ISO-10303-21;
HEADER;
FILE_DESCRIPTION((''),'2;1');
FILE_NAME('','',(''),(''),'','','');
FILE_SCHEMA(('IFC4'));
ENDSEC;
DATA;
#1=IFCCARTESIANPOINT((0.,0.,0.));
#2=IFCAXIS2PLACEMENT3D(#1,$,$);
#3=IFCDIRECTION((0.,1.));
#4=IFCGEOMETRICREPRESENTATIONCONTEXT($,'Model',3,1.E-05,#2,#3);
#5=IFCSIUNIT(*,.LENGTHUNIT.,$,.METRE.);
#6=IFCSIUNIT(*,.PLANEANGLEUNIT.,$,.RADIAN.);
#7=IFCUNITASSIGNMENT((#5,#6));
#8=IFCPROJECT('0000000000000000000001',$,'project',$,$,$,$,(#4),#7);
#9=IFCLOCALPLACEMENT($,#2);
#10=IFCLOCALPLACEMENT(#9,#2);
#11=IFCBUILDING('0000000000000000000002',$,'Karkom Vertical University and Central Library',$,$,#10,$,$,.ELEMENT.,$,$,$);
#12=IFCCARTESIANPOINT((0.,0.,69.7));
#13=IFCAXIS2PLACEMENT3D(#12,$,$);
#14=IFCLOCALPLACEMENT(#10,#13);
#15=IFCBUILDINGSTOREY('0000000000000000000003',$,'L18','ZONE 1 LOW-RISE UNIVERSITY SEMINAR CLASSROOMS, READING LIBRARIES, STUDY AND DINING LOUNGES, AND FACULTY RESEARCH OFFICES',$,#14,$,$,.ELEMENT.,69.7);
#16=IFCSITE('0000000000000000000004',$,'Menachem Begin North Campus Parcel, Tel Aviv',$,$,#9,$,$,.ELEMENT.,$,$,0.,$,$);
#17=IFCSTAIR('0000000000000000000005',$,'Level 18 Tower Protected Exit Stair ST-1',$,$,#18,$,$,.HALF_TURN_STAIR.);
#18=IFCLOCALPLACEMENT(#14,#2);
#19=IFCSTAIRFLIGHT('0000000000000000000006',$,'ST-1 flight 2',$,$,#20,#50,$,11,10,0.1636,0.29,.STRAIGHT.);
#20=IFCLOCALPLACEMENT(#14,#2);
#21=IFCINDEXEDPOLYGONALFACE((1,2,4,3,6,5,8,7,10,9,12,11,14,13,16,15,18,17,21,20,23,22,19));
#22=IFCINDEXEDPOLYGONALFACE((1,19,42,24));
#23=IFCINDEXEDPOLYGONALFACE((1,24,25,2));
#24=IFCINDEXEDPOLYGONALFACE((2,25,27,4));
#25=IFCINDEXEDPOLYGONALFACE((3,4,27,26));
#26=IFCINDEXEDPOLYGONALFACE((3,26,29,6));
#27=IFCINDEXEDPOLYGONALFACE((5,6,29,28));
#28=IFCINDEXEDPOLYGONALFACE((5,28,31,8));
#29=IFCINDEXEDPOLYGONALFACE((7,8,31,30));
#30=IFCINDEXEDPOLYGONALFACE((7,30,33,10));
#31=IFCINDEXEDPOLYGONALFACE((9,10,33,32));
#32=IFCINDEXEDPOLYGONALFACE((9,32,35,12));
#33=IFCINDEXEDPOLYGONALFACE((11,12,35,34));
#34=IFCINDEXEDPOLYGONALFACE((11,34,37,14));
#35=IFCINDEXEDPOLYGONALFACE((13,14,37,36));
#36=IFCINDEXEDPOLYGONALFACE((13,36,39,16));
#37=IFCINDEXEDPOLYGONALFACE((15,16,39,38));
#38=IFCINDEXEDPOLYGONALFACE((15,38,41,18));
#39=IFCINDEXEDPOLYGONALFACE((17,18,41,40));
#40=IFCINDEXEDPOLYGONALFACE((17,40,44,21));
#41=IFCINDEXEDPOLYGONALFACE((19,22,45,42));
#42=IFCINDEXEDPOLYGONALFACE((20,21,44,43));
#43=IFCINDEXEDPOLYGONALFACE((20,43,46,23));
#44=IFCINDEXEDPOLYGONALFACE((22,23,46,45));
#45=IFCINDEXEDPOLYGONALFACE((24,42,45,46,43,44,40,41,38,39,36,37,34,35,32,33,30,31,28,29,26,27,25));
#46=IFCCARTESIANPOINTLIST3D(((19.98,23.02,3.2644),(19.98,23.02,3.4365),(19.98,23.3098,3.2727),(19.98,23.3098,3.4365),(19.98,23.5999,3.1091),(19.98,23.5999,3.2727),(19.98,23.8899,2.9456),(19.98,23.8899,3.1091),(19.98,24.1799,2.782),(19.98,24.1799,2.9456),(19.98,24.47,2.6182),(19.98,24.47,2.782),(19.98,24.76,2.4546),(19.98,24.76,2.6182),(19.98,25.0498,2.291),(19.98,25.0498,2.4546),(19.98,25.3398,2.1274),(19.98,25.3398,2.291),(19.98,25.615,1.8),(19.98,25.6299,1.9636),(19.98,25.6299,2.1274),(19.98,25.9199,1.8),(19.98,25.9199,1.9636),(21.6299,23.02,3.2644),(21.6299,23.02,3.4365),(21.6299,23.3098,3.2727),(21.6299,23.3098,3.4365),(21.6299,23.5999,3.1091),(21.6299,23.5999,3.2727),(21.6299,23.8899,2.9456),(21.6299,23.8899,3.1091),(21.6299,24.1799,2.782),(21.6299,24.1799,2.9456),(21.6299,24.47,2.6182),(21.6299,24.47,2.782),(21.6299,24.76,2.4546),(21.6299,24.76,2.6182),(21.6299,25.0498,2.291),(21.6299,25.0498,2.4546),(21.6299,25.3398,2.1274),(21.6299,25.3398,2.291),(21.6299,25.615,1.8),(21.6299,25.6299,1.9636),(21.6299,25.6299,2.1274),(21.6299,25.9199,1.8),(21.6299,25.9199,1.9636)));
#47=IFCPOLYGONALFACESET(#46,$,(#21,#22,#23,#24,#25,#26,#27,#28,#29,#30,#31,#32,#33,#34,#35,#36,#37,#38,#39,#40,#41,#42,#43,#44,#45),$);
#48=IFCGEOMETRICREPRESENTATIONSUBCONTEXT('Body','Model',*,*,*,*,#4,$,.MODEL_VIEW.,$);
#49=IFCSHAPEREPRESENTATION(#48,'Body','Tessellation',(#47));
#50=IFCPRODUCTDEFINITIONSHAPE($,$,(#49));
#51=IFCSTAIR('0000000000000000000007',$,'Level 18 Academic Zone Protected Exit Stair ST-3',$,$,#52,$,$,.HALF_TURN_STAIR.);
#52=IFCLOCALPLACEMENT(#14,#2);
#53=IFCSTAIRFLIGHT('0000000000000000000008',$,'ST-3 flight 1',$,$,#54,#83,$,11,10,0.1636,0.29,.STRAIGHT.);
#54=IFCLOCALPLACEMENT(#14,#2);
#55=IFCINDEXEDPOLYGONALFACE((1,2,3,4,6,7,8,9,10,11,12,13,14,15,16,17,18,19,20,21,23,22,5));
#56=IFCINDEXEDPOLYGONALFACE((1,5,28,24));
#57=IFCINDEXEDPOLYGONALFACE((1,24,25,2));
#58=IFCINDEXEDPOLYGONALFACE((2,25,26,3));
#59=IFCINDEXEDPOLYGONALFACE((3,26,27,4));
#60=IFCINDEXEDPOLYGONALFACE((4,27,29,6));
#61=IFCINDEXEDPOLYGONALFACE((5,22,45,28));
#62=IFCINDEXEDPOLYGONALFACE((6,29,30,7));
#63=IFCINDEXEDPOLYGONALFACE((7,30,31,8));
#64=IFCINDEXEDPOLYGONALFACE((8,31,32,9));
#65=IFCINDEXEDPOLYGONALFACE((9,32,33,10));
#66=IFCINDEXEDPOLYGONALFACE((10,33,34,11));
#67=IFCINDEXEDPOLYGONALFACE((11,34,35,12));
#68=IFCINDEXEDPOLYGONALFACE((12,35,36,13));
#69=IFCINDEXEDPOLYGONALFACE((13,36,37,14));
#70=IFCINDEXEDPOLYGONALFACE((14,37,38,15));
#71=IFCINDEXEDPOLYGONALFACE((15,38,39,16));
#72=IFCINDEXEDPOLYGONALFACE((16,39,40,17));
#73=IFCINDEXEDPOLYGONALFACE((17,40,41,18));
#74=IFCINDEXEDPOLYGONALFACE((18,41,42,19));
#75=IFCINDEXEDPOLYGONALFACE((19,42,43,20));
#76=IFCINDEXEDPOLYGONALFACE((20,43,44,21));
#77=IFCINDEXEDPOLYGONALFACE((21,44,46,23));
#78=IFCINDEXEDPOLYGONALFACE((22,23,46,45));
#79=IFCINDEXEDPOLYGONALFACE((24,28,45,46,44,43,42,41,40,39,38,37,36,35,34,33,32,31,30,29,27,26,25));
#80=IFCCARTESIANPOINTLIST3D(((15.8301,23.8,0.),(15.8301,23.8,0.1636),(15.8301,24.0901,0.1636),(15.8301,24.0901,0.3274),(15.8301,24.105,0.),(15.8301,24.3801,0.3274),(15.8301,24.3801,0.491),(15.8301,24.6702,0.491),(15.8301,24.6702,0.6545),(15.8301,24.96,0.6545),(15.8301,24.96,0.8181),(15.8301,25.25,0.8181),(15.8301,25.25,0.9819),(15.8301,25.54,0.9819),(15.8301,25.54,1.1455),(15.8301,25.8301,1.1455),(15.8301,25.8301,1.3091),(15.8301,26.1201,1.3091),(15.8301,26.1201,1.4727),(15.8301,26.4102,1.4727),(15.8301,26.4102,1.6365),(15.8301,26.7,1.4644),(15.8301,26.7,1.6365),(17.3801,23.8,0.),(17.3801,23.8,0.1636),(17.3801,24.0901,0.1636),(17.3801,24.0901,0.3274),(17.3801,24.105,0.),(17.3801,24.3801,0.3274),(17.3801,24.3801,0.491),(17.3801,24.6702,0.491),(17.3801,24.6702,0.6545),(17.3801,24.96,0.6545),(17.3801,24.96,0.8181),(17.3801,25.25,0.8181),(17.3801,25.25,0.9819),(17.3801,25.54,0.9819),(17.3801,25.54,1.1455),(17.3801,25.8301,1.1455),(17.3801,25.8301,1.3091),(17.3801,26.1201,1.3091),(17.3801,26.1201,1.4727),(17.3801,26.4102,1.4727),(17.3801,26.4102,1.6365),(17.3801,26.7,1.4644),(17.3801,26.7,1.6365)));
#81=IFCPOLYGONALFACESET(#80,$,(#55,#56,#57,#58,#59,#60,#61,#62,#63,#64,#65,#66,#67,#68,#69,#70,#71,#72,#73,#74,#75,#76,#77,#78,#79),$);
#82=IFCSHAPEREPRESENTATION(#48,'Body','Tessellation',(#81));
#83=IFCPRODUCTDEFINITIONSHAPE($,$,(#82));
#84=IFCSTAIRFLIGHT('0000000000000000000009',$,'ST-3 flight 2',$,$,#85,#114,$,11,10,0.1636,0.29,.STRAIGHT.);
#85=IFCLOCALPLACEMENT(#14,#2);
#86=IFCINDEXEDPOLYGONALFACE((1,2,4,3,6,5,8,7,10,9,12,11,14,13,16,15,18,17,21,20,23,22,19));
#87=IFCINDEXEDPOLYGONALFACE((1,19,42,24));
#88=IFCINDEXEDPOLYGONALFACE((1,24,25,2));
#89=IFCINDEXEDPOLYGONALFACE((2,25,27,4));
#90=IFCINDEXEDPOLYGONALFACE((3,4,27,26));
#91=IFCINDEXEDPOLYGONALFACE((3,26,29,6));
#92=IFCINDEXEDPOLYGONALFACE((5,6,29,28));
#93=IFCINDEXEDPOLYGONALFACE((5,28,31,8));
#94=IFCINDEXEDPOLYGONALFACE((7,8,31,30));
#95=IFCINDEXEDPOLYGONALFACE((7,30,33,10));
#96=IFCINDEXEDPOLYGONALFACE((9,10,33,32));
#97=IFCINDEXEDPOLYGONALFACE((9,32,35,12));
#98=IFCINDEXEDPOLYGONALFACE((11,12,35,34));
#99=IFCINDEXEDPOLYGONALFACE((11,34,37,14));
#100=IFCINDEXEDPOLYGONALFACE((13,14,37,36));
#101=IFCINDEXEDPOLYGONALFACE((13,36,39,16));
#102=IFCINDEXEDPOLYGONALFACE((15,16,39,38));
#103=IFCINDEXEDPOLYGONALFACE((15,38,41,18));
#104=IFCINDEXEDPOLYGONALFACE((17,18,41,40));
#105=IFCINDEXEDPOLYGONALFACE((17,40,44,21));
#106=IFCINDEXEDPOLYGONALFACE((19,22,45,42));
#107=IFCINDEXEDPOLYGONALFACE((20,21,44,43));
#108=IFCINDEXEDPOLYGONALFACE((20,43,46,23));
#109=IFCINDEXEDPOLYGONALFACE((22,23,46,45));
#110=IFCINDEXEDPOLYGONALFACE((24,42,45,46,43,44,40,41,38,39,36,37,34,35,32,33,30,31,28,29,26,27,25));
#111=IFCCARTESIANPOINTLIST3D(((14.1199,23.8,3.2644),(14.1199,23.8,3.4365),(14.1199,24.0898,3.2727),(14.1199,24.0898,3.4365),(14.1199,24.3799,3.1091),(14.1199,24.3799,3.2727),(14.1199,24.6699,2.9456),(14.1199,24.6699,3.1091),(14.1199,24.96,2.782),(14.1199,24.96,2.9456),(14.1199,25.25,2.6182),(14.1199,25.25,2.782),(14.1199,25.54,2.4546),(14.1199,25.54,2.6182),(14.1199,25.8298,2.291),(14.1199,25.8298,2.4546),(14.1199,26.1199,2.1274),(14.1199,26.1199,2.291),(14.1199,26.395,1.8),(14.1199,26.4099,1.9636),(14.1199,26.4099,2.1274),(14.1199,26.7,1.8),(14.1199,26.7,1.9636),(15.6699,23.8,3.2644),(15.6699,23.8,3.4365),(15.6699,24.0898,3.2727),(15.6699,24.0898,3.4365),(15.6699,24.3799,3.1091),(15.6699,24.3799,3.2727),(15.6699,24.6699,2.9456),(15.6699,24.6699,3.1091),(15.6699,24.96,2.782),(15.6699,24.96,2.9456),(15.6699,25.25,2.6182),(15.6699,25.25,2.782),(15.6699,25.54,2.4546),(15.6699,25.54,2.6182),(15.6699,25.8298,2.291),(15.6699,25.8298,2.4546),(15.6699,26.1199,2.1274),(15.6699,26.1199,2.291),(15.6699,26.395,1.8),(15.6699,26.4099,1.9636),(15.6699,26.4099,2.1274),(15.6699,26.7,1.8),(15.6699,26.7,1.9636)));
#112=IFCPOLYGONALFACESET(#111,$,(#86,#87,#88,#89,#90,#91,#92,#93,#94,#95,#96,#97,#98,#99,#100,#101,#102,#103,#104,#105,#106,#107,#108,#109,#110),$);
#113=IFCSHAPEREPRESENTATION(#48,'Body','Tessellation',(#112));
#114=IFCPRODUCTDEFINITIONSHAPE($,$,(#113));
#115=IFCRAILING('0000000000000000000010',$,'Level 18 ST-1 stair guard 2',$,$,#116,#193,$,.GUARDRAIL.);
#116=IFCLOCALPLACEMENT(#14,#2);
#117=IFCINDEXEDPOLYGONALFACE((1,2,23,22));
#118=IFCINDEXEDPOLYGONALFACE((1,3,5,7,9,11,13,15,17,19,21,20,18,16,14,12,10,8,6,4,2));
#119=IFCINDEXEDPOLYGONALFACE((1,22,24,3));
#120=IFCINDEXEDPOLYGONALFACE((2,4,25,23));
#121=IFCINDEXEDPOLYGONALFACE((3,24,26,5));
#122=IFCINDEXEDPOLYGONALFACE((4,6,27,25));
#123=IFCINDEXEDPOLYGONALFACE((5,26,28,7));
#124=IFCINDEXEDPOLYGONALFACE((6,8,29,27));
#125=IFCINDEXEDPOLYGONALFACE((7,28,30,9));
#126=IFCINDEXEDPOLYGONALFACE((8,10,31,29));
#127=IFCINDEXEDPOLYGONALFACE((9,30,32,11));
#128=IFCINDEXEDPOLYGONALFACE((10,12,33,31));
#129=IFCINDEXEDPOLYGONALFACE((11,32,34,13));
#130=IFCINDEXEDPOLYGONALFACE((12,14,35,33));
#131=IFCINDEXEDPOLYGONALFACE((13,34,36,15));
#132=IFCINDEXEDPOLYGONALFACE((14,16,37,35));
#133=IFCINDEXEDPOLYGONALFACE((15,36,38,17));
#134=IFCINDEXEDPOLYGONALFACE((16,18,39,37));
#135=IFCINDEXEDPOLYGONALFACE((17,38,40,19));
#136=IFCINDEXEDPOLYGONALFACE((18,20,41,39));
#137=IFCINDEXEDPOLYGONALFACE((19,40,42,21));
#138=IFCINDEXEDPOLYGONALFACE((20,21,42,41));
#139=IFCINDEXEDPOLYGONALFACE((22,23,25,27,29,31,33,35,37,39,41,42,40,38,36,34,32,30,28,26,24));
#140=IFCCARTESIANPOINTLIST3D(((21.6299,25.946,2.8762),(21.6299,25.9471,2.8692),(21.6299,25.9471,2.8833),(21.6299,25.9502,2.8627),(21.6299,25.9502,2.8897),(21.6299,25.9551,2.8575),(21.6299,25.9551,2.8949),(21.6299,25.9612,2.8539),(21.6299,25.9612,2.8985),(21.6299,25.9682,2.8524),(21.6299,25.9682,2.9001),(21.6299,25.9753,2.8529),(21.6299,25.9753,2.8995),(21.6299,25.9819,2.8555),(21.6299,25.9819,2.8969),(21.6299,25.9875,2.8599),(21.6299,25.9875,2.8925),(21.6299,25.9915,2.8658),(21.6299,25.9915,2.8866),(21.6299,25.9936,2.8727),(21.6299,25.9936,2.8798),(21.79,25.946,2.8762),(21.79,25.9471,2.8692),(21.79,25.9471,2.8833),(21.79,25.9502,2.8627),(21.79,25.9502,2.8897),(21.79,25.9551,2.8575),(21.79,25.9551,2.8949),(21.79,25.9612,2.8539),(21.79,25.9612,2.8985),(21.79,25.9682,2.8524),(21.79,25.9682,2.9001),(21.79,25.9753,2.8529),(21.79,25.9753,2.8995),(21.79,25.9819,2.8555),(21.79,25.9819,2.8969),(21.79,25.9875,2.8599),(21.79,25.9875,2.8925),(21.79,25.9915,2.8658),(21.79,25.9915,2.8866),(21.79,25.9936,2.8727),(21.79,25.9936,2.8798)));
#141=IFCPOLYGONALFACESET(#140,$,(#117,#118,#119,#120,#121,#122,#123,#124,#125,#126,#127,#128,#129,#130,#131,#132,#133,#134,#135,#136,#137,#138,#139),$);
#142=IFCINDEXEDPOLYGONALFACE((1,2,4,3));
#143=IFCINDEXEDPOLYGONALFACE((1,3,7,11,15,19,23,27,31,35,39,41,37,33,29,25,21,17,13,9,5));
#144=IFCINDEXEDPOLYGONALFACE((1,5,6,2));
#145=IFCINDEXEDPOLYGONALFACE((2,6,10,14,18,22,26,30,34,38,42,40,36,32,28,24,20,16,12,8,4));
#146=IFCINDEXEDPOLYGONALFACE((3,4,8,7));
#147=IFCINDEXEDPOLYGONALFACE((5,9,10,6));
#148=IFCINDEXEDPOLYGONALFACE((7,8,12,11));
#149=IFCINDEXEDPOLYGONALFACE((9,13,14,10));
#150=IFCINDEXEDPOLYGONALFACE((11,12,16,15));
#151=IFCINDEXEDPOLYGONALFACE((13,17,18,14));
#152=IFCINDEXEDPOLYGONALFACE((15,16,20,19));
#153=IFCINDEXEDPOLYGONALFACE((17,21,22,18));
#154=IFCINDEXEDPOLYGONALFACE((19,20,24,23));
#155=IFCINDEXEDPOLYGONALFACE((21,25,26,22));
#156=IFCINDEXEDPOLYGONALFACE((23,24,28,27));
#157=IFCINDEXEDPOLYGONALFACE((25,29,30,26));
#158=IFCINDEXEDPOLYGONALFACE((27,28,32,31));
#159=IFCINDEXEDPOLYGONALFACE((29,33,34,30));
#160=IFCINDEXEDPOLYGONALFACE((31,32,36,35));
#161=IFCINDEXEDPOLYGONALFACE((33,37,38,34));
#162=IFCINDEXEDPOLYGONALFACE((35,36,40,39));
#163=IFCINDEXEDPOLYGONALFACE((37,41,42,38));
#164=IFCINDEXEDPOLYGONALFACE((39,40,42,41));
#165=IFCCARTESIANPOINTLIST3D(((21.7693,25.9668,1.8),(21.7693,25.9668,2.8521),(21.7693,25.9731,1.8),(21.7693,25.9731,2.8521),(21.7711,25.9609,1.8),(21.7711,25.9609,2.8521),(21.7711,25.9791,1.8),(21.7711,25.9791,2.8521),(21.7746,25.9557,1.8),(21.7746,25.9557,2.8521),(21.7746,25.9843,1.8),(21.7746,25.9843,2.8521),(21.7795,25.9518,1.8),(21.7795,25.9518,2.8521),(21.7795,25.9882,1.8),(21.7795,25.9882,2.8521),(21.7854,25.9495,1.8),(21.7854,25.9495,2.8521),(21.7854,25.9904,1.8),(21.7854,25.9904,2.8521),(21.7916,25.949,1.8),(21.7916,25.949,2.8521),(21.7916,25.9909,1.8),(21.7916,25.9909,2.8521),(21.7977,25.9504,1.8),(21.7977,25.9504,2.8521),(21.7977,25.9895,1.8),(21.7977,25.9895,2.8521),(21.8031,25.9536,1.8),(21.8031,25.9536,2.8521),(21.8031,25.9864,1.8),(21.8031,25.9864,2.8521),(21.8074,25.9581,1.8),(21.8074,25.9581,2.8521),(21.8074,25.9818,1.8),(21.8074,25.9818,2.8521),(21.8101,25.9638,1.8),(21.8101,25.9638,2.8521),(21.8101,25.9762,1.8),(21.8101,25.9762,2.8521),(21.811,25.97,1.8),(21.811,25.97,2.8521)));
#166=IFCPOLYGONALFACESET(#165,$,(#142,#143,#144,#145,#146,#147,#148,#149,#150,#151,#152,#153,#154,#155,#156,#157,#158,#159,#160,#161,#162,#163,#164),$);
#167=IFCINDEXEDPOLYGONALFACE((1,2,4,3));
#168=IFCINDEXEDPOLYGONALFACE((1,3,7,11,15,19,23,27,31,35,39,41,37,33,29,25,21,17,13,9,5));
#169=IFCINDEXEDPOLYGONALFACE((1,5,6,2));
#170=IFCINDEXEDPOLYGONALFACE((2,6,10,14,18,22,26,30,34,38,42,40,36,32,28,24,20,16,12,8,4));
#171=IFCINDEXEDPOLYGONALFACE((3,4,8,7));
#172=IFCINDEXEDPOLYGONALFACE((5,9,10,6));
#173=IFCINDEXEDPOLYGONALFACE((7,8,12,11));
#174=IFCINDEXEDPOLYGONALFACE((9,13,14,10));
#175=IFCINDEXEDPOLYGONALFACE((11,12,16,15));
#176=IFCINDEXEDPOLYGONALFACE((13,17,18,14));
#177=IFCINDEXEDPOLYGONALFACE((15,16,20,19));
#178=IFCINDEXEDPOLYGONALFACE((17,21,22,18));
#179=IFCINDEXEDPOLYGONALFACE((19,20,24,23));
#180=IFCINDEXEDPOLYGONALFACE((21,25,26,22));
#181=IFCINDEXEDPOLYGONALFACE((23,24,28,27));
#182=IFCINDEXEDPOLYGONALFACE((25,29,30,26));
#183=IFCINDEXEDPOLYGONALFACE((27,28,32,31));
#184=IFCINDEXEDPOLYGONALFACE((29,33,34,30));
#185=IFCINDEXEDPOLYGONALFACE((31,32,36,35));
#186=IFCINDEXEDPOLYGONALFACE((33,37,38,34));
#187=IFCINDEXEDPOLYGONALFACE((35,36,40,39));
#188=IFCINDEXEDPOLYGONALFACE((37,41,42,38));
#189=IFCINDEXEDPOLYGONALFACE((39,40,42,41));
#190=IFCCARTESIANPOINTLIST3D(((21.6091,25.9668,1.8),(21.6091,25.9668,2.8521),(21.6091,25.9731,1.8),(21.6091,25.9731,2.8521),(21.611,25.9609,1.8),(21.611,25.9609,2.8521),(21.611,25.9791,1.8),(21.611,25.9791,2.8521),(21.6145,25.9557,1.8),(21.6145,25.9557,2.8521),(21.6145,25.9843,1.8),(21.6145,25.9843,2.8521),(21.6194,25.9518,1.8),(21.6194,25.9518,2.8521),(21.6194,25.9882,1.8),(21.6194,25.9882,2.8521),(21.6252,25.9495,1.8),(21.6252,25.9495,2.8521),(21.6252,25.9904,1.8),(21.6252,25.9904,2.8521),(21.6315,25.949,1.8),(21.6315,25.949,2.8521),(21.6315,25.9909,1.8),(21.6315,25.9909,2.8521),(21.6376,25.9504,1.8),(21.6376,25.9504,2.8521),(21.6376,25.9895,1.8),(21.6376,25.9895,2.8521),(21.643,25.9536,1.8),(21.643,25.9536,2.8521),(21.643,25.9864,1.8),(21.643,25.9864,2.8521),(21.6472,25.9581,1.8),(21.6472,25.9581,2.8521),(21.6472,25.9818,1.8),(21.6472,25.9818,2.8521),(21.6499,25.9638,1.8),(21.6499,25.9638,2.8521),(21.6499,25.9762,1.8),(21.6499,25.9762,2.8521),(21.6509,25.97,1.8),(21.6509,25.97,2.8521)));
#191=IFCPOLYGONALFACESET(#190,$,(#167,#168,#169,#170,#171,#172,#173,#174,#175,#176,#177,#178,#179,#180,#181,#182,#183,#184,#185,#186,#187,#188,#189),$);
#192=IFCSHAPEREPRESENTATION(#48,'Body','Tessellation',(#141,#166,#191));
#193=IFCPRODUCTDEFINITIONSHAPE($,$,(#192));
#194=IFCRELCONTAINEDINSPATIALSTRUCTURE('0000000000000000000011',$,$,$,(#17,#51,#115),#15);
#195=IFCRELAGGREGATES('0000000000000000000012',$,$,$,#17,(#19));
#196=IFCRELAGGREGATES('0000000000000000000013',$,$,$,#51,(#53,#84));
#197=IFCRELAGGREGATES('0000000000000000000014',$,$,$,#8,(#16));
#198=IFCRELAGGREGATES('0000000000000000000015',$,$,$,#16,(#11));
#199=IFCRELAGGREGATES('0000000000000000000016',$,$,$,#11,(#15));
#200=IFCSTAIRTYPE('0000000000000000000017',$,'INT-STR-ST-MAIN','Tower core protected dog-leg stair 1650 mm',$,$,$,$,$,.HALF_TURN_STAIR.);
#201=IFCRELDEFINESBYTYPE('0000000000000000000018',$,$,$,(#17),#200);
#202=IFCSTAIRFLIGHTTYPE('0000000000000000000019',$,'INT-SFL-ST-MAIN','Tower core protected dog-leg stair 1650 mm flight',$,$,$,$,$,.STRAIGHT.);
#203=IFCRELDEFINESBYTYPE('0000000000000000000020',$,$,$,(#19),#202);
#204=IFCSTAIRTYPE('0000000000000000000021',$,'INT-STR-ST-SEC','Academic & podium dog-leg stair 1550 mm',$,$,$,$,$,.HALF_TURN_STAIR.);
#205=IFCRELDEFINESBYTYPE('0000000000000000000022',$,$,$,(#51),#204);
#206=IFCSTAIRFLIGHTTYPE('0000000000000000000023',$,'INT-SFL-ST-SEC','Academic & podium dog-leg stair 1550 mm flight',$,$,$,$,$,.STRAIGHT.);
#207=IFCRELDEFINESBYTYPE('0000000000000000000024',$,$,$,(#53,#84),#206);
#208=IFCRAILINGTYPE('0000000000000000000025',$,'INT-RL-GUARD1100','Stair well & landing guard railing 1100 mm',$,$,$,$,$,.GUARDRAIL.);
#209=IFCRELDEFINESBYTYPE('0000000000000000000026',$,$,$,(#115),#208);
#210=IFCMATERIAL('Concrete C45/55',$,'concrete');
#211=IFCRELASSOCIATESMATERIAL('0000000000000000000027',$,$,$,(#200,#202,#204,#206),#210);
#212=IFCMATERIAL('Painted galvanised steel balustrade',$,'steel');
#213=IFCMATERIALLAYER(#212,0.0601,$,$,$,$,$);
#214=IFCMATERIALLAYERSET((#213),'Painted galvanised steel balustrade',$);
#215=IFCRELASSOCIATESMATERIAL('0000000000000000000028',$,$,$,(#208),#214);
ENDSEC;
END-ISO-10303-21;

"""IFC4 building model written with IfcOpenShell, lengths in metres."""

from ifc_helpers import new_model, si_unit, direction, frame, origin, origin_2d, place, context, subcontext, project, spatial, polyline, circle, outline, extrude, material, layer, layer_set, type_object, element, aggregate, save


model = new_model("IFC4")

# Units and contexts
model_context = context("Model", 3, precision=1e-05, world=origin(), true_north=direction((0.0, 1.0)))
body_context = subcontext(model_context, "Body", "Model", "MODEL_VIEW")
ifc_project = project(units=[si_unit("LENGTHUNIT", "METRE"), si_unit("PLANEANGLEUNIT", "RADIAN")], contexts=[model_context])

# Site, building, storey
site_placement = place(None, origin())
site = spatial("IfcSite", under=ifc_project, at=site_placement, Name="Menachem Begin North Campus Parcel, Tel Aviv", CompositionType="ELEMENT", RefElevation=0.0)
building_placement = place(site_placement, origin())
building = spatial("IfcBuilding", under=site, at=building_placement, Name="Karkom Vertical University and Central Library", CompositionType="ELEMENT")
storey_placement = place(building_placement, frame((0.0, 0.0, 69.7)))
storey = spatial("IfcBuildingStorey", under=building, at=storey_placement, Name="L18", Description="ZONE 1 LOW-RISE UNIVERSITY SEMINAR CLASSROOMS, READING LIBRARIES, STUDY AND DINING LOUNGES, AND FACULTY RESEARCH OFFICES", CompositionType="ELEMENT", Elevation=69.7)

# Shared definitions
ifc_material_1 = material(Name="Concrete C45/55", Category="concrete")

# Stair, stair flight
stair_type_1 = type_object("IfcStairType", Name="INT-STR-ST-MAIN", Description="Tower core protected dog-leg stair 1650 mm", PredefinedType="HALF_TURN_STAIR", material=ifc_material_1)
stair_1_placement = place(storey_placement, origin())
stair_1 = element("IfcStair", 1, at=stair_1_placement, inside=storey, type_object=stair_type_1, Name="Level 18 Tower Protected Exit Stair ST-1", PredefinedType="HALF_TURN_STAIR")
stair_flight_type_1 = type_object("IfcStairFlightType", Name="INT-SFL-ST-MAIN", Description="Tower core protected dog-leg stair 1650 mm flight", PredefinedType="STRAIGHT", material=ifc_material_1)
stair_flight_1_placement = place(storey_placement, frame((20.8049, 25.9199, 1.8), z_axis=(0.0, 0.0, 1.0), x_axis=(0.0, -1.0, 0.0)))
stair_flight_1 = element("IfcStairFlight", 2, at=stair_flight_1_placement, type_object=stair_flight_type_1, Name="ST-1 flight 2", NumberOfRisers=11, NumberOfTreads=10, PredefinedType="STRAIGHT", RiserHeight=0.1636, TreadLength=0.29, context=body_context, shape_type="SweptSolid", body=[
    extrude(outline(polyline([(0.0, 0.0), (0.0, 0.1636), (0.29, 0.1636), (0.29, 0.3274), (0.5801, 0.3274), (0.5801, 0.491), (0.8701, 0.491), (0.8701, 0.6545), (1.1599, 0.6545), (1.1599, 0.8181), (1.45, 0.8181), (1.45, 0.9819), (1.74, 0.9819), (1.74, 1.1455), (2.03, 1.1455), (2.03, 1.3091), (2.3201, 1.3091), (2.3201, 1.4727), (2.6101, 1.4727), (2.6101, 1.6365), (2.8999, 1.6365), (2.8999, 1.8), (2.8999, 1.4644), (0.3049, 0.0), (0.0, 0.0)])), frame((0.0, 0.825, 0.0), z_axis=(0.0, -1.0, 0.0), x_axis=(1.0, 0.0, 0.0)), (0.0, 0.0, 1.0), 1.6499),
])
aggregate(stair_1, [stair_flight_1])

# Stair, stair flights
stair_type_2 = type_object("IfcStairType", Name="INT-STR-ST-SEC", Description="Academic & podium dog-leg stair 1550 mm", PredefinedType="HALF_TURN_STAIR", material=ifc_material_1)
stair_2_placement = place(storey_placement, origin())
stair_2 = element("IfcStair", 3, at=stair_2_placement, inside=storey, type_object=stair_type_2, Name="Level 18 Academic Zone Protected Exit Stair ST-3", PredefinedType="HALF_TURN_STAIR")
stair_flight_type_2 = type_object("IfcStairFlightType", Name="INT-SFL-ST-SEC", Description="Academic & podium dog-leg stair 1550 mm flight", PredefinedType="STRAIGHT", material=ifc_material_1)
stair_flight_2_placement = place(storey_placement, frame((16.605, 23.8, 0.0), z_axis=(0.0, 0.0, 1.0), x_axis=(0.0, 1.0, 0.0)))
stair_flight_2 = element("IfcStairFlight", 4, at=stair_flight_2_placement, type_object=stair_flight_type_2, Name="ST-3 flight 1", NumberOfRisers=11, NumberOfTreads=10, PredefinedType="STRAIGHT", RiserHeight=0.1636, TreadLength=0.29, context=body_context, shape_type="SweptSolid", body=[
    extrude(outline(polyline([(0.0, 0.0), (0.0, 0.1636), (0.29, 0.1636), (0.29, 0.3274), (0.5801, 0.3274), (0.5801, 0.491), (0.8701, 0.491), (0.8701, 0.6545), (1.1599, 0.6545), (1.1599, 0.8181), (1.45, 0.8181), (1.45, 0.9819), (1.74, 0.9819), (1.74, 1.1455), (2.03, 1.1455), (2.03, 1.3091), (2.3201, 1.3091), (2.3201, 1.4727), (2.6101, 1.4727), (2.6101, 1.6365), (2.8999, 1.6365), (2.8999, 1.8), (2.8999, 1.4644), (0.3049, 0.0), (0.0, 0.0)])), frame((0.0, 0.7749, 0.0), z_axis=(0.0, -1.0, 0.0), x_axis=(1.0, 0.0, 0.0)), (0.0, 0.0, 1.0), 1.55),
])
stair_flight_3_placement = place(storey_placement, frame((14.895, 26.7, 1.8), z_axis=(0.0, 0.0, 1.0), x_axis=(0.0, -1.0, 0.0)))
stair_flight_3 = element("IfcStairFlight", 5, at=stair_flight_3_placement, type_object=stair_flight_type_2, Name="ST-3 flight 2", NumberOfRisers=11, NumberOfTreads=10, PredefinedType="STRAIGHT", RiserHeight=0.1636, TreadLength=0.29, context=body_context, shape_type="SweptSolid", body=[
    extrude(outline(polyline([(0.0, 0.0), (0.0, 0.1636), (0.29, 0.1636), (0.29, 0.3274), (0.5801, 0.3274), (0.5801, 0.491), (0.8701, 0.491), (0.8701, 0.6545), (1.1599, 0.6545), (1.1599, 0.8181), (1.45, 0.8181), (1.45, 0.9819), (1.74, 0.9819), (1.74, 1.1455), (2.03, 1.1455), (2.03, 1.3091), (2.3201, 1.3091), (2.3201, 1.4727), (2.6101, 1.4727), (2.6101, 1.6365), (2.8999, 1.6365), (2.8999, 1.8), (2.8999, 1.4644), (0.3049, 0.0), (0.0, 0.0)])), frame((0.0, 0.7749, 0.0), z_axis=(0.0, -1.0, 0.0), x_axis=(1.0, 0.0, 0.0)), (0.0, 0.0, 1.0), 1.55),
])
aggregate(stair_2, [stair_flight_2, stair_flight_3])

# Railing
ifc_material_2 = material(Name="Painted galvanised steel balustrade", Category="steel")
ifc_layer_1 = layer(ifc_material_2, 0.0601)
ifc_layer_set_1 = layer_set([ifc_layer_1], Name="Painted galvanised steel balustrade")
railing_type_1 = type_object("IfcRailingType", Name="INT-RL-GUARD1100", Description="Stair well & landing guard railing 1100 mm", PredefinedType="GUARDRAIL", material=ifc_layer_set_1)
railing_1_placement = place(storey_placement, frame((21.79, 25.97, 1.8)))
element("IfcRailing", 6, at=railing_1_placement, inside=storey, type_object=railing_type_1, Name="Level 18 ST-1 stair guard 2", PredefinedType="GUARDRAIL", context=body_context, shape_type="SweptSolid", body=[
    extrude(circle(Radius=0.0239, at=origin_2d()), frame((0.0, 0.0, 1.0762), z_axis=(-1.0, 0.0, 0.0), x_axis=(0.0, -1.0, 0.0)), (0.0, 0.0, 1.0), 0.1602),
    extrude(circle(Radius=0.021, at=origin_2d()), origin(), (0.0, 0.0, 1.0), 1.052),
    extrude(circle(Radius=0.021, at=origin_2d()), frame((-0.1602, 0.0, 0.0)), (0.0, 0.0, 1.0), 1.052),
])

save(model, "model.ifc")
